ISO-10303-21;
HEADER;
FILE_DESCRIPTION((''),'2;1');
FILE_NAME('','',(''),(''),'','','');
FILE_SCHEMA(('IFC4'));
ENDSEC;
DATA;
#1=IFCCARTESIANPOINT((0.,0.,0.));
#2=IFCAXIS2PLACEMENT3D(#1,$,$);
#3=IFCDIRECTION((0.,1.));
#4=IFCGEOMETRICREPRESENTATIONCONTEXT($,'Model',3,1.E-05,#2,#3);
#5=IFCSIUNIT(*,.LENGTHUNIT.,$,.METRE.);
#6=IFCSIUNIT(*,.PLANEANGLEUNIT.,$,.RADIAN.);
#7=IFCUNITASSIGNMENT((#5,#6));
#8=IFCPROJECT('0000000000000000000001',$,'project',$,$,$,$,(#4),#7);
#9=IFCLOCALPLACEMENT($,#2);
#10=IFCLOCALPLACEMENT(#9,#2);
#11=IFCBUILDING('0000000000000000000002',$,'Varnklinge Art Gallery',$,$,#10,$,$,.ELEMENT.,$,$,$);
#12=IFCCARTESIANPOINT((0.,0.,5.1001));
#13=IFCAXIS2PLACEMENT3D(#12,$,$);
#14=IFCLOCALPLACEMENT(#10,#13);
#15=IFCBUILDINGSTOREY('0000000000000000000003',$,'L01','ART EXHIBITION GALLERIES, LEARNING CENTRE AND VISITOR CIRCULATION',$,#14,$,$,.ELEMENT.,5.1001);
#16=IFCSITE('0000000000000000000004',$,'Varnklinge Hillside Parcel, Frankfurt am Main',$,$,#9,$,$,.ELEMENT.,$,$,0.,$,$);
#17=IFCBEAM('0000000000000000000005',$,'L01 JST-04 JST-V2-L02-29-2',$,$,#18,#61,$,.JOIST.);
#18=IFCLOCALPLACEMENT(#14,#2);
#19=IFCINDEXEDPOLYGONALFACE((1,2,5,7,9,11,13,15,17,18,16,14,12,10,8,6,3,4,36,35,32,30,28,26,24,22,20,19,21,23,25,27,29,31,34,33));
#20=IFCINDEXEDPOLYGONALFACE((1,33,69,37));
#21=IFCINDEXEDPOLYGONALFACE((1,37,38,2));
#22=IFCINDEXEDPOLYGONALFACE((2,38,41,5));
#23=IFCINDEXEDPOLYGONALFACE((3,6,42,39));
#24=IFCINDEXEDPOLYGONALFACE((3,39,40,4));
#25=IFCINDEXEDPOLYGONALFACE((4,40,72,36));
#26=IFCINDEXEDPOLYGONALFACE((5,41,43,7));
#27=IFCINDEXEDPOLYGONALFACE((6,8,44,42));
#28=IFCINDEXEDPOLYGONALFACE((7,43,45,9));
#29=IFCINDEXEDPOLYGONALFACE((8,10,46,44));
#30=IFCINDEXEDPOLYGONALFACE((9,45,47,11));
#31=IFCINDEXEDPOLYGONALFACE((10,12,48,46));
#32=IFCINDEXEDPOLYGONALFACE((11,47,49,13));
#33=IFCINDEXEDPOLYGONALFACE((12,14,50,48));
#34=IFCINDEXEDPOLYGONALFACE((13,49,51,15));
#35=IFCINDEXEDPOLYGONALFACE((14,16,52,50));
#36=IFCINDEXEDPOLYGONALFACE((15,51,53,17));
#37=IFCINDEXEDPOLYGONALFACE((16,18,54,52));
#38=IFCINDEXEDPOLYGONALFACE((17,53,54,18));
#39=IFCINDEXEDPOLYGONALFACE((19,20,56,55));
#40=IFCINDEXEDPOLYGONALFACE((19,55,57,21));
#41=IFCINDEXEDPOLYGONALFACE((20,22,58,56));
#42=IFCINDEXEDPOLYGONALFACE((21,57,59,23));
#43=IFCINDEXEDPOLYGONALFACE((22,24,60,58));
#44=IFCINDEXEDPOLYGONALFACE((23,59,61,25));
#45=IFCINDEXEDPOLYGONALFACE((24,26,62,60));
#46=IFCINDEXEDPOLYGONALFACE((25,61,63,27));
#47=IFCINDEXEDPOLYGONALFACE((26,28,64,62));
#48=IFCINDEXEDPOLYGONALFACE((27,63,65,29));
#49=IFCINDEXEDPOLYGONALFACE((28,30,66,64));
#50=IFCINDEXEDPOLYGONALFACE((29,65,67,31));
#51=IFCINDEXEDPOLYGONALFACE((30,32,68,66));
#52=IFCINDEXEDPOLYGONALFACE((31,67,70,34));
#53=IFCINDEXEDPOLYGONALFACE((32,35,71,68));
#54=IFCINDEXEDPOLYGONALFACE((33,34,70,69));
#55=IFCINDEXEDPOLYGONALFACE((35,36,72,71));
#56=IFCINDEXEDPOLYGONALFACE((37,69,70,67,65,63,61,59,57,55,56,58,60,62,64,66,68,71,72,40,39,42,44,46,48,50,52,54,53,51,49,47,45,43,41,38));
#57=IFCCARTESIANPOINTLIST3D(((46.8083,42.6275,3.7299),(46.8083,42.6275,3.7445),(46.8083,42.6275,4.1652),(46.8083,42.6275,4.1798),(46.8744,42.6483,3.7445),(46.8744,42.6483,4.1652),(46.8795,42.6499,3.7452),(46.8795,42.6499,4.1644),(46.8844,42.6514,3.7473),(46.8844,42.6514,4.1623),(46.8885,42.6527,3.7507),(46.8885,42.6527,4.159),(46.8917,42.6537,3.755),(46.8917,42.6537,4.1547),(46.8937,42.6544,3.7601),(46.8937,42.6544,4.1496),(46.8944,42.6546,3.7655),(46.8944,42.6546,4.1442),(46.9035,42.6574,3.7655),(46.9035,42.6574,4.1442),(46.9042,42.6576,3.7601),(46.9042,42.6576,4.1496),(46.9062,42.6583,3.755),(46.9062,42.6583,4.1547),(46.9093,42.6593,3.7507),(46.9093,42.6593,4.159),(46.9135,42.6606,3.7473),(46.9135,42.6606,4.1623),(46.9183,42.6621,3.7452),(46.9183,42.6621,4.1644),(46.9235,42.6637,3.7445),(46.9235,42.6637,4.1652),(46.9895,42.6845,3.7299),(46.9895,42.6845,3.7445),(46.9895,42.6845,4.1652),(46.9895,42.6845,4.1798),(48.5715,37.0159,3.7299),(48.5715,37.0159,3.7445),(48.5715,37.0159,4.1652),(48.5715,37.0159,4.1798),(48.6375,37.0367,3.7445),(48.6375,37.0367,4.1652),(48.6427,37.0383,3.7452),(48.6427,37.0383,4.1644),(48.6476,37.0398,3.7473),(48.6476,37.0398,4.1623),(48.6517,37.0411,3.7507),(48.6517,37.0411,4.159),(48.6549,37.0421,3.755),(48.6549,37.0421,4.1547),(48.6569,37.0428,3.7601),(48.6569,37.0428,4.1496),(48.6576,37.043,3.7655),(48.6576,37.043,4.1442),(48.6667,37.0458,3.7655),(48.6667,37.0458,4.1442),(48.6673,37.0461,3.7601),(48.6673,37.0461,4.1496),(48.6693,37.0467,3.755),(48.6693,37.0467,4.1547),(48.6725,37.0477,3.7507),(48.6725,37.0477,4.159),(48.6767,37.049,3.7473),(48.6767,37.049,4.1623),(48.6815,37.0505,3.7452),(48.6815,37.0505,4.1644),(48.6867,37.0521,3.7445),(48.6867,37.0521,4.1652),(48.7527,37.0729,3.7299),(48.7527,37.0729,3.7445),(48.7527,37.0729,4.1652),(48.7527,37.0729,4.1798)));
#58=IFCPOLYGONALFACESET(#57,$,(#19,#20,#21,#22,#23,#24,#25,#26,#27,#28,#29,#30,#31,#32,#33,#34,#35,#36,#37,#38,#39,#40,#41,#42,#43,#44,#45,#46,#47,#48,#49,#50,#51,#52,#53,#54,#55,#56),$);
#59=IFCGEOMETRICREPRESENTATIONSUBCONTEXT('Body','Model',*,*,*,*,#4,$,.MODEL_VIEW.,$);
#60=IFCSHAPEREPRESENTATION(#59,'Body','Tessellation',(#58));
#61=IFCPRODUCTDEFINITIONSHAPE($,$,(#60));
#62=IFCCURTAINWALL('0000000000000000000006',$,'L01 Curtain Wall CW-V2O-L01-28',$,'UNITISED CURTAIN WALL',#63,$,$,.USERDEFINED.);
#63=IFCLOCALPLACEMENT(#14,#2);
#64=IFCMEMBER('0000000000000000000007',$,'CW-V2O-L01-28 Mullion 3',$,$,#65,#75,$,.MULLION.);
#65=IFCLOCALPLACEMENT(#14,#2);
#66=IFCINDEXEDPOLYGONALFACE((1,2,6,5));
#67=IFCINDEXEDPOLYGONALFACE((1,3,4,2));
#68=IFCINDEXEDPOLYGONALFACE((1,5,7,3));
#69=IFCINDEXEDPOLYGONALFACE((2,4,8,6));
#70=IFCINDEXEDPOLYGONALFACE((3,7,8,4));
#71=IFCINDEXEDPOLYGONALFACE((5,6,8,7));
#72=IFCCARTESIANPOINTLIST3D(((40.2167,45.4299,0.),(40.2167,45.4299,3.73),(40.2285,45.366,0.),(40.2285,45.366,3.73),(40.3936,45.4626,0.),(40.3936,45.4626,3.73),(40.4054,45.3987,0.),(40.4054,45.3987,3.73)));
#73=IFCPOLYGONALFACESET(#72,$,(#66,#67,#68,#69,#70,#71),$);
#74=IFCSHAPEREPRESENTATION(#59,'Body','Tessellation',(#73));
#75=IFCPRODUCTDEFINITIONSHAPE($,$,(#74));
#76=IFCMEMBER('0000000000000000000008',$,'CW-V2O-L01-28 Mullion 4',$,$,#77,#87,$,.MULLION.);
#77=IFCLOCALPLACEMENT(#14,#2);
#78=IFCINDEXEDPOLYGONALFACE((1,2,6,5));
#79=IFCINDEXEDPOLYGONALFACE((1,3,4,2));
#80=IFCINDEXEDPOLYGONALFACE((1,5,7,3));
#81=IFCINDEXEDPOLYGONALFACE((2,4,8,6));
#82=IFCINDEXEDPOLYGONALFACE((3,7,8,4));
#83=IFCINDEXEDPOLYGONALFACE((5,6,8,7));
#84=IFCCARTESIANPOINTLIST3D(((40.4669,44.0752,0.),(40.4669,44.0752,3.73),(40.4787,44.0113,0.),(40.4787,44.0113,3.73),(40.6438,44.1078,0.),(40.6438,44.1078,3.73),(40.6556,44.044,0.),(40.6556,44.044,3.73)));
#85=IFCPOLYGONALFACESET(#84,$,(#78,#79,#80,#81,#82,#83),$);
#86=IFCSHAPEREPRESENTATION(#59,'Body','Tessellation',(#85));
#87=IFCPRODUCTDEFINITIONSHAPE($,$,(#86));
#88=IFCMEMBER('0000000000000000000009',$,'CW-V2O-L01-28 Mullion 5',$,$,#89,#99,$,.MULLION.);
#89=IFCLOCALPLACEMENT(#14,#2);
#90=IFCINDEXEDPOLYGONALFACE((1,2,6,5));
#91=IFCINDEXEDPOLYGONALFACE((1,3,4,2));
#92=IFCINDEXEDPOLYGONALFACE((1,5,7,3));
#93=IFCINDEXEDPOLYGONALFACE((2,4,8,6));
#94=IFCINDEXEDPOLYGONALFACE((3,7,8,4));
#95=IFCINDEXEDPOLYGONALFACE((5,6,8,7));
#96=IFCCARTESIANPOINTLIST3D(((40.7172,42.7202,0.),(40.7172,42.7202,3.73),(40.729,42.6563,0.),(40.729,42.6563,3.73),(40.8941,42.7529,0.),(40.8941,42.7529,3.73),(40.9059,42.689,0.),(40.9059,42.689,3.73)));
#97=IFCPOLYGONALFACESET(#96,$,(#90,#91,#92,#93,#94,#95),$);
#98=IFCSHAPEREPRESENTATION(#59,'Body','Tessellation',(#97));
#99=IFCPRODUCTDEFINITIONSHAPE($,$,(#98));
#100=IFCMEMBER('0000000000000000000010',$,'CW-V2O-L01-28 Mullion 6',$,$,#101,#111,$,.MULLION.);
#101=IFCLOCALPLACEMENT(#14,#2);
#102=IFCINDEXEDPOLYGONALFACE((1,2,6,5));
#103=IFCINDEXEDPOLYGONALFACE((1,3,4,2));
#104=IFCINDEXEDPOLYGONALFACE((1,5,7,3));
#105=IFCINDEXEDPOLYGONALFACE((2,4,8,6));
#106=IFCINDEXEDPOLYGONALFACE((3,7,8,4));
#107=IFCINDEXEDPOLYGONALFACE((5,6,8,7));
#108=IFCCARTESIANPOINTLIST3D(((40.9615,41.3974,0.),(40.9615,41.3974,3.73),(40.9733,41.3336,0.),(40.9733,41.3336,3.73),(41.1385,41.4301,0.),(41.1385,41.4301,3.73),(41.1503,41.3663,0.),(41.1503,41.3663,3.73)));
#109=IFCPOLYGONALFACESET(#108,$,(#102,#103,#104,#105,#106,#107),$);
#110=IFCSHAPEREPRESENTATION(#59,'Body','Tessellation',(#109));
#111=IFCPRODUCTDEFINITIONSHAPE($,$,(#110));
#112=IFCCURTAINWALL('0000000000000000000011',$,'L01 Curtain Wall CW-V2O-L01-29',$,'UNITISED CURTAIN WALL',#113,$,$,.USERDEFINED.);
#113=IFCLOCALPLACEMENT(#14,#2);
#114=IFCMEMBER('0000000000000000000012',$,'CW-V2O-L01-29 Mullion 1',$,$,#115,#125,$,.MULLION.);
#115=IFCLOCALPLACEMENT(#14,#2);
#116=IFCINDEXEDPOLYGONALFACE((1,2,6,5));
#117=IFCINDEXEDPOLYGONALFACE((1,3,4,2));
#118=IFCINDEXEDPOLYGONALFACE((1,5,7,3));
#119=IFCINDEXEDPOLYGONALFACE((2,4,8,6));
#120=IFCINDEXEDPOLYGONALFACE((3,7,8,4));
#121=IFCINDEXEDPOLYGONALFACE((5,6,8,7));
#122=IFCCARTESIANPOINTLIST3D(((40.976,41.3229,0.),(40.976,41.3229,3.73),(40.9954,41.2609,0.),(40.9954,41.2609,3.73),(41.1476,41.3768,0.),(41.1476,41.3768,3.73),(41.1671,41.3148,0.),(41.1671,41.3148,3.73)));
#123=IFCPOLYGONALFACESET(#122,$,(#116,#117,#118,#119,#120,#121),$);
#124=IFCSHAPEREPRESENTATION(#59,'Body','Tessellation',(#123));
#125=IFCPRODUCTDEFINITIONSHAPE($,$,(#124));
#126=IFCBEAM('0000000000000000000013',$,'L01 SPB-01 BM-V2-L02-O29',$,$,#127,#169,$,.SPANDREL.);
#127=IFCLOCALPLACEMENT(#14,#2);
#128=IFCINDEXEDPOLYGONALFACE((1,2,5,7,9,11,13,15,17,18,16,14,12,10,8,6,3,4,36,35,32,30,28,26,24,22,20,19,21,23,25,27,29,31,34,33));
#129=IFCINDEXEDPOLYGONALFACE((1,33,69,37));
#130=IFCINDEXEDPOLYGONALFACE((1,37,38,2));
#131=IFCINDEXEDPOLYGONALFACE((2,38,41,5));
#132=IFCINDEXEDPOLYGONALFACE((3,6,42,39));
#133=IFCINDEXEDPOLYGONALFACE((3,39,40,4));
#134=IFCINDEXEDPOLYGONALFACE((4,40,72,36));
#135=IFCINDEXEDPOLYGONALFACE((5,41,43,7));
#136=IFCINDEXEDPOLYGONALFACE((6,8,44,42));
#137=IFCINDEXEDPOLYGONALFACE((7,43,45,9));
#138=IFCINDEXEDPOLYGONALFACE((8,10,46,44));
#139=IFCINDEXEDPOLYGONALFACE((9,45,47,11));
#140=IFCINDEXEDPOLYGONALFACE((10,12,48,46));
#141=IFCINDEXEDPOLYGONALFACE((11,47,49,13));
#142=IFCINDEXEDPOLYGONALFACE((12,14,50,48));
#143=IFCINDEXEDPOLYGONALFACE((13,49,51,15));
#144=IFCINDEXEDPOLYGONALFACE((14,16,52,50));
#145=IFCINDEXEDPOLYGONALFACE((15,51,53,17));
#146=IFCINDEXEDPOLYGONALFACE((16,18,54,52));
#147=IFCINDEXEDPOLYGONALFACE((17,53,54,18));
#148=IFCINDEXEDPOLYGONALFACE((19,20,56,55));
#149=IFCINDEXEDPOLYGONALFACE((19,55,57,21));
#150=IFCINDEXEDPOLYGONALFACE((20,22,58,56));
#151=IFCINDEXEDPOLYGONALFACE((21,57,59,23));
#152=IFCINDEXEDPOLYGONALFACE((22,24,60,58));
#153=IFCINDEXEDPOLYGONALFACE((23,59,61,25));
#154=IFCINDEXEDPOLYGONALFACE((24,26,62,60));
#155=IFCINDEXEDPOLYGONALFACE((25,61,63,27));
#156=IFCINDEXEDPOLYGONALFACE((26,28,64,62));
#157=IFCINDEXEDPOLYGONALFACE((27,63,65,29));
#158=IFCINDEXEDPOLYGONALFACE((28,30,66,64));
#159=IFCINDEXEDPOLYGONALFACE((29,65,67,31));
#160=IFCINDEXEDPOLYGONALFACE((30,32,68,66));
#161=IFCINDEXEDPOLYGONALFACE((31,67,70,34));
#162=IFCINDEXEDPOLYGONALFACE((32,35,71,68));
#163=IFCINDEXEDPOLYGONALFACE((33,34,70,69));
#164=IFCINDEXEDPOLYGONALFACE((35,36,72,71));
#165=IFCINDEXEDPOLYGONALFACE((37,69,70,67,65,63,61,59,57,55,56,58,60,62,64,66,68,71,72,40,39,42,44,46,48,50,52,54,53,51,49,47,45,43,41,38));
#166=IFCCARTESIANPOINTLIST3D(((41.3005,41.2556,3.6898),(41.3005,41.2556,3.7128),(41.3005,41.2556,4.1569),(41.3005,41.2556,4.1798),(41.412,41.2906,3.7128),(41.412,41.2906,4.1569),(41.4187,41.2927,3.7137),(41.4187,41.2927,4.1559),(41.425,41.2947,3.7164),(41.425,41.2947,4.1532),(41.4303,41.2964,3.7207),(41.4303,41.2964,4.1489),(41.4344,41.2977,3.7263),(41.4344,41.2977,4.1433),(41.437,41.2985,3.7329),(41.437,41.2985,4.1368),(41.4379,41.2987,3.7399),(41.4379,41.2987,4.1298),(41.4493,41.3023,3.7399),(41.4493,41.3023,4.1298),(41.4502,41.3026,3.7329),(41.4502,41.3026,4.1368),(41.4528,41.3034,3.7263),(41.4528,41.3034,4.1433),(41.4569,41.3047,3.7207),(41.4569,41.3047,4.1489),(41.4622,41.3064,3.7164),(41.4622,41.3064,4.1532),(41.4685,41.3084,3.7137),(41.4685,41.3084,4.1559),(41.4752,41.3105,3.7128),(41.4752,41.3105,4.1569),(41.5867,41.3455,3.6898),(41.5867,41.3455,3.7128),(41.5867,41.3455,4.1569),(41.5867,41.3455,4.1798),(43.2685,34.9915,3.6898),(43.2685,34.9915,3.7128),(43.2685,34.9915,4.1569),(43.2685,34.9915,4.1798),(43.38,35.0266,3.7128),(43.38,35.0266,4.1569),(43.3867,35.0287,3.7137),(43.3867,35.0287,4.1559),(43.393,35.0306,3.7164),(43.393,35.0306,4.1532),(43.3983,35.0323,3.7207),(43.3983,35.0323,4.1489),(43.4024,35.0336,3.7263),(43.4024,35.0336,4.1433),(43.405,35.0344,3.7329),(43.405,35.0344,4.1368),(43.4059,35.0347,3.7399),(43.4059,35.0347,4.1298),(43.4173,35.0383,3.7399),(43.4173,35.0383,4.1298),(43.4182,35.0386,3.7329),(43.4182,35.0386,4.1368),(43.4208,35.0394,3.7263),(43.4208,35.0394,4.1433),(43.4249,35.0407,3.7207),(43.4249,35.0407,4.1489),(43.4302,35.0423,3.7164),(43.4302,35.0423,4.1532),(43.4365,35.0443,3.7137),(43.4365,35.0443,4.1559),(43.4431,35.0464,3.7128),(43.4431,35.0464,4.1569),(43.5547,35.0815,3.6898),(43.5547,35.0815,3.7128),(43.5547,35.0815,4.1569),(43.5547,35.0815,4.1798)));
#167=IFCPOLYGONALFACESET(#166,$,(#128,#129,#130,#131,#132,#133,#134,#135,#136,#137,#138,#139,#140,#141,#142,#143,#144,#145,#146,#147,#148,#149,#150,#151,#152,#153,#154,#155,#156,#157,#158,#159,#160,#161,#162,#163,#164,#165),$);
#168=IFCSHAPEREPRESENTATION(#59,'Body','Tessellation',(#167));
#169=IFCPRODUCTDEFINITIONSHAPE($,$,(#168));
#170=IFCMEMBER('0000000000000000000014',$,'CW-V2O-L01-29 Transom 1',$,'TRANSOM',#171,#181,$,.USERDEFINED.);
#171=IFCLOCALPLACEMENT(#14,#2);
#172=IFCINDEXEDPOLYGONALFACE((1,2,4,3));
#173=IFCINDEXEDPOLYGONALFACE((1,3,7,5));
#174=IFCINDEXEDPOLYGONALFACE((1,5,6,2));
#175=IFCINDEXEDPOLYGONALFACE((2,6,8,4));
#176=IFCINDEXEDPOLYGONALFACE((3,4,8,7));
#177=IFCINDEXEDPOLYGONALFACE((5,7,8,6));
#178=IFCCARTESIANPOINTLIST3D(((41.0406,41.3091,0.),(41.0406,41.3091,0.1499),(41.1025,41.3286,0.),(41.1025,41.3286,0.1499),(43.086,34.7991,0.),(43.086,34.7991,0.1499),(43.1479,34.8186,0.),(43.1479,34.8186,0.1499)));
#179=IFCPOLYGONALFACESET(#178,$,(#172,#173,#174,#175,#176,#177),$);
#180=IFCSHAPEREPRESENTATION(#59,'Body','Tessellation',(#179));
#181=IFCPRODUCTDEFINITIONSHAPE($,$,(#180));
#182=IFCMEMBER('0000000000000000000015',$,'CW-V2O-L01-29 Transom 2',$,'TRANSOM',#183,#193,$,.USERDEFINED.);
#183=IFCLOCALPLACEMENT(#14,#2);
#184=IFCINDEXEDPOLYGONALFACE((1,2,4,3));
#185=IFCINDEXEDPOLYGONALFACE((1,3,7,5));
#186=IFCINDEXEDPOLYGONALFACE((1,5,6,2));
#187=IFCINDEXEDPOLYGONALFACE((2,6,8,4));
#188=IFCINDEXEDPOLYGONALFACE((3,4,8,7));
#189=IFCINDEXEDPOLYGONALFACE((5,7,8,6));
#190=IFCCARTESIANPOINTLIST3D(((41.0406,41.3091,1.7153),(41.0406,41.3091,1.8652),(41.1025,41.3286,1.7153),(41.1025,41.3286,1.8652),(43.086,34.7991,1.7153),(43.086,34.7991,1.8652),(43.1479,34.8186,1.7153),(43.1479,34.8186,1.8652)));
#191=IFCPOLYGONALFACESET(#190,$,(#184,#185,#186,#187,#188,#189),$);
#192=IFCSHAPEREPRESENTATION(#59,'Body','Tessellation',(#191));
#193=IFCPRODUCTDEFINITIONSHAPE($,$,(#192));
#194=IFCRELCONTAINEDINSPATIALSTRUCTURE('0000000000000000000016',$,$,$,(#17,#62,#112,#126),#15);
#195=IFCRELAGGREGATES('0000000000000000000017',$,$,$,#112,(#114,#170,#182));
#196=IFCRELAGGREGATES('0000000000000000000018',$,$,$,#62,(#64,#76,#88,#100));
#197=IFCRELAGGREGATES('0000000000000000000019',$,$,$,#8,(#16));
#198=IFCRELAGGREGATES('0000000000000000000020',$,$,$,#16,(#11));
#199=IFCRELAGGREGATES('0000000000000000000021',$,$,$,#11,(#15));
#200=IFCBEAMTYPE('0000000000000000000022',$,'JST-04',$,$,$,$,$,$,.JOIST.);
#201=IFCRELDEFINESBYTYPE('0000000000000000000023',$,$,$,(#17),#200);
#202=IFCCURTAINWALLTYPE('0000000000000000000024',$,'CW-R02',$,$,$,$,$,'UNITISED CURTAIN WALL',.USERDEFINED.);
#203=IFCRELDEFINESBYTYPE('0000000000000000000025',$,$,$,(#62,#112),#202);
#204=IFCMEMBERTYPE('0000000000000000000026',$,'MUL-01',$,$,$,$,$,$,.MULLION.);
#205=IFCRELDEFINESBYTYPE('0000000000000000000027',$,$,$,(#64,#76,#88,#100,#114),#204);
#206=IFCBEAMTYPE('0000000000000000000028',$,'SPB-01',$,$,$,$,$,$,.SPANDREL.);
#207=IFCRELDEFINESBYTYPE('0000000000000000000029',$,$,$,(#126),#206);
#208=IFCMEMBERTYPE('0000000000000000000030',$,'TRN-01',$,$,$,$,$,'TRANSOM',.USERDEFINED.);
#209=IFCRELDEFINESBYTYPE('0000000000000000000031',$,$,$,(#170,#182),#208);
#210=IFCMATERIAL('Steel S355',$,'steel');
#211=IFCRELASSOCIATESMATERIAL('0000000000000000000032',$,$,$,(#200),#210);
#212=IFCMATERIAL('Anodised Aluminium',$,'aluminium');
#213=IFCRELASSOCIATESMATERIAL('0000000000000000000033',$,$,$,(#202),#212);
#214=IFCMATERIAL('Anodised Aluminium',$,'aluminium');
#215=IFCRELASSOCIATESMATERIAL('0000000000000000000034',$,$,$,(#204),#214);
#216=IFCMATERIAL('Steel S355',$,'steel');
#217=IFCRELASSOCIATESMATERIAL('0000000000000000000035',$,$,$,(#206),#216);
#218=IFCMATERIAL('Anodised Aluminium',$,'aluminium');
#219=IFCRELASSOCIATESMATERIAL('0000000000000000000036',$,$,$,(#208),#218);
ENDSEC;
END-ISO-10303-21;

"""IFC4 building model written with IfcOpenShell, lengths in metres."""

from ifc_helpers import new_model, si_unit, direction, frame, origin, origin_2d, place, context, subcontext, project, spatial, rectangle, i_section, extrude, material, material_profile, profile_set, type_object, element, aggregate, save


model = new_model("IFC4")

# Units and contexts
model_context = context("Model", 3, precision=1e-05, world=origin(), true_north=direction((0.0, 1.0)))
body_context = subcontext(model_context, "Body", "Model", "MODEL_VIEW")
ifc_project = project(units=[si_unit("LENGTHUNIT", "METRE"), si_unit("PLANEANGLEUNIT", "RADIAN")], contexts=[model_context])

# Site, building, storey
site_placement = place(None, origin())
site = spatial("IfcSite", under=ifc_project, at=site_placement, Name="Varnklinge Hillside Parcel, Frankfurt am Main", CompositionType="ELEMENT", RefElevation=0.0)
building_placement = place(site_placement, origin())
building = spatial("IfcBuilding", under=site, at=building_placement, Name="Varnklinge Art Gallery", CompositionType="ELEMENT")
storey_placement = place(building_placement, frame((0.0, 0.0, 5.1001)))
storey = spatial("IfcBuildingStorey", under=building, at=storey_placement, Name="L01", Description="ART EXHIBITION GALLERIES, LEARNING CENTRE AND VISITOR CIRCULATION", CompositionType="ELEMENT", Elevation=5.1001)

# Beam
ifc_material_1 = material(Name="Steel S355", Category="steel")
ifc_material_profile_1 = material_profile(ifc_material_1, i_section(OverallWidth=0.1899, OverallDepth=0.45, WebThickness=0.0095, FlangeThickness=0.0146, FilletRadius=0.021, at=origin_2d()), Name="IPE 450")
ifc_profile_set_1 = profile_set([ifc_material_profile_1], Name="Steel S355")
beam_type_1 = type_object("IfcBeamType", Name="JST-04", PredefinedType="JOIST", material=ifc_profile_set_1)
beam_1_placement = place(storey_placement, frame((46.8989, 42.656, 3.9548), z_axis=(0.299756, -0.954016, 0.0), x_axis=(0.954016, 0.299756, 0.0)))
element("IfcBeam", 1, at=beam_1_placement, inside=storey, type_object=beam_type_1, Name="L01 JST-04 JST-V2-L02-29-2", PredefinedType="JOIST", context=body_context, shape_type="SweptSolid", body=[
    extrude(i_section(OverallWidth=0.1899, OverallDepth=0.45, WebThickness=0.0095, FlangeThickness=0.0146, FilletRadius=0.021, at=origin_2d()), origin(), (0.0, 0.0, 1.0), 5.8821),
])

# Curtain wall, members
ifc_material_2 = material(Name="Anodised Aluminium", Category="aluminium")
curtain_wall_type = type_object("IfcCurtainWallType", Name="CW-R02", ElementType="UNITISED CURTAIN WALL", PredefinedType="USERDEFINED", material=ifc_material_2)
curtain_wall_1_placement = place(storey_placement, origin())
curtain_wall_1 = element("IfcCurtainWall", 2, at=curtain_wall_1_placement, inside=storey, type_object=curtain_wall_type, Name="L01 Curtain Wall CW-V2O-L01-28", ObjectType="UNITISED CURTAIN WALL", PredefinedType="USERDEFINED")
ifc_material_3 = material(Name="Anodised Aluminium", Category="aluminium")
ifc_material_profile_2 = material_profile(ifc_material_3, rectangle(XDim=0.0649, YDim=0.1799, at=origin_2d()), Name="ALU 65x180")
ifc_profile_set_2 = profile_set([ifc_material_profile_2], Name="Anodised Aluminium")
member_type_1 = type_object("IfcMemberType", Name="MUL-01", PredefinedType="MULLION", material=ifc_profile_set_2)
member_1_placement = place(storey_placement, frame((40.311, 45.4143, 0.0), z_axis=(0.0, 0.0, 1.0), x_axis=(0.181721, -0.98335, 0.0)))
member_1 = element("IfcMember", 3, at=member_1_placement, type_object=member_type_1, Name="CW-V2O-L01-28 Mullion 3", PredefinedType="MULLION", context=body_context, shape_type="SweptSolid", body=[
    extrude(rectangle(XDim=0.0649, YDim=0.1799, at=origin_2d()), origin(), (0.0, 0.0, 1.0), 3.73),
])
member_2_placement = place(storey_placement, frame((40.5613, 44.0596, 0.0), z_axis=(0.0, 0.0, 1.0), x_axis=(0.181721, -0.98335, 0.0)))
member_2 = element("IfcMember", 4, at=member_2_placement, type_object=member_type_1, Name="CW-V2O-L01-28 Mullion 4", PredefinedType="MULLION", context=body_context, shape_type="SweptSolid", body=[
    extrude(rectangle(XDim=0.0649, YDim=0.1799, at=origin_2d()), origin(), (0.0, 0.0, 1.0), 3.73),
])
member_3_placement = place(storey_placement, frame((40.8115, 42.7046, 0.0), z_axis=(0.0, 0.0, 1.0), x_axis=(0.181721, -0.98335, 0.0)))
member_3 = element("IfcMember", 5, at=member_3_placement, type_object=member_type_1, Name="CW-V2O-L01-28 Mullion 5", PredefinedType="MULLION", context=body_context, shape_type="SweptSolid", body=[
    extrude(rectangle(XDim=0.0649, YDim=0.1799, at=origin_2d()), origin(), (0.0, 0.0, 1.0), 3.73),
])
member_4_placement = place(storey_placement, frame((41.0559, 41.3818, 0.0), z_axis=(0.0, 0.0, 1.0), x_axis=(0.181721, -0.98335, 0.0)))
member_4 = element("IfcMember", 6, at=member_4_placement, type_object=member_type_1, Name="CW-V2O-L01-28 Mullion 6", PredefinedType="MULLION", context=body_context, shape_type="SweptSolid", body=[
    extrude(rectangle(XDim=0.0649, YDim=0.1799, at=origin_2d()), origin(), (0.0, 0.0, 1.0), 3.73),
])

# Curtain wall, member
curtain_wall_2_placement = place(storey_placement, origin())
curtain_wall_2 = element("IfcCurtainWall", 7, at=curtain_wall_2_placement, inside=storey, type_object=curtain_wall_type, Name="L01 Curtain Wall CW-V2O-L01-29", ObjectType="UNITISED CURTAIN WALL", PredefinedType="USERDEFINED")
member_5_placement = place(storey_placement, frame((41.0715, 41.3188, 0.0), z_axis=(0.0, 0.0, 1.0), x_axis=(0.299707, -0.954031, 0.0)))
member_5 = element("IfcMember", 8, at=member_5_placement, type_object=member_type_1, Name="CW-V2O-L01-29 Mullion 1", PredefinedType="MULLION", context=body_context, shape_type="SweptSolid", body=[
    extrude(rectangle(XDim=0.0649, YDim=0.1799, at=origin_2d()), origin(), (0.0, 0.0, 1.0), 3.73),
])

# Beam
ifc_material_4 = material(Name="Steel S355", Category="steel")
ifc_material_profile_3 = material_profile(ifc_material_4, i_section(OverallWidth=0.3, OverallDepth=0.49, WebThickness=0.012, FlangeThickness=0.0229, FilletRadius=0.0271, at=origin_2d()), Name="HEA 500")
ifc_profile_set_3 = profile_set([ifc_material_profile_3], Name="Steel S355")
beam_type_2 = type_object("IfcBeamType", Name="SPB-01", PredefinedType="SPANDREL", material=ifc_profile_set_3)
beam_2_placement = place(storey_placement, frame((41.4436, 41.3005, 3.9348), z_axis=(0.299727, -0.954025, 0.0), x_axis=(0.954025, 0.299727, 0.0)))
element("IfcBeam", 9, at=beam_2_placement, inside=storey, type_object=beam_type_2, Name="L01 SPB-01 BM-V2-L02-O29", PredefinedType="SPANDREL", context=body_context, shape_type="SweptSolid", body=[
    extrude(i_section(OverallWidth=0.3, OverallDepth=0.49, WebThickness=0.012, FlangeThickness=0.0229, FilletRadius=0.0271, at=origin_2d()), origin(), (0.0, 0.0, 1.0), 6.5659),
])

# Members
ifc_material_5 = material(Name="Anodised Aluminium", Category="aluminium")
ifc_material_profile_4 = material_profile(ifc_material_5, rectangle(XDim=0.0649, YDim=0.1499, at=origin_2d()), Name="ALU 65x150")
ifc_profile_set_4 = profile_set([ifc_material_profile_4], Name="Anodised Aluminium")
member_type_2 = type_object("IfcMemberType", Name="TRN-01", ElementType="TRANSOM", PredefinedType="USERDEFINED", material=ifc_profile_set_4)
member_6_placement = place(storey_placement, frame((41.0715, 41.3188, 0.075), z_axis=(0.299748, -0.954019, 0.0), x_axis=(0.954019, 0.299748, 0.0)))
member_6 = element("IfcMember", 10, at=member_6_placement, type_object=member_type_2, Name="CW-V2O-L01-29 Transom 1", ObjectType="TRANSOM", PredefinedType="USERDEFINED", context=body_context, shape_type="SweptSolid", body=[
    extrude(rectangle(XDim=0.0649, YDim=0.1499, at=origin_2d()), origin(), (0.0, 0.0, 1.0), 6.8237),
])
member_7_placement = place(storey_placement, frame((41.0715, 41.3188, 1.7903), z_axis=(0.299748, -0.954019, 0.0), x_axis=(0.954019, 0.299748, 0.0)))
member_7 = element("IfcMember", 11, at=member_7_placement, type_object=member_type_2, Name="CW-V2O-L01-29 Transom 2", ObjectType="TRANSOM", PredefinedType="USERDEFINED", context=body_context, shape_type="SweptSolid", body=[
    extrude(rectangle(XDim=0.0649, YDim=0.1499, at=origin_2d()), origin(), (0.0, 0.0, 1.0), 6.8237),
])
aggregate(curtain_wall_2, [member_5, member_6, member_7])

aggregate(curtain_wall_1, [member_1, member_2, member_3, member_4])

save(model, "model.ifc")
